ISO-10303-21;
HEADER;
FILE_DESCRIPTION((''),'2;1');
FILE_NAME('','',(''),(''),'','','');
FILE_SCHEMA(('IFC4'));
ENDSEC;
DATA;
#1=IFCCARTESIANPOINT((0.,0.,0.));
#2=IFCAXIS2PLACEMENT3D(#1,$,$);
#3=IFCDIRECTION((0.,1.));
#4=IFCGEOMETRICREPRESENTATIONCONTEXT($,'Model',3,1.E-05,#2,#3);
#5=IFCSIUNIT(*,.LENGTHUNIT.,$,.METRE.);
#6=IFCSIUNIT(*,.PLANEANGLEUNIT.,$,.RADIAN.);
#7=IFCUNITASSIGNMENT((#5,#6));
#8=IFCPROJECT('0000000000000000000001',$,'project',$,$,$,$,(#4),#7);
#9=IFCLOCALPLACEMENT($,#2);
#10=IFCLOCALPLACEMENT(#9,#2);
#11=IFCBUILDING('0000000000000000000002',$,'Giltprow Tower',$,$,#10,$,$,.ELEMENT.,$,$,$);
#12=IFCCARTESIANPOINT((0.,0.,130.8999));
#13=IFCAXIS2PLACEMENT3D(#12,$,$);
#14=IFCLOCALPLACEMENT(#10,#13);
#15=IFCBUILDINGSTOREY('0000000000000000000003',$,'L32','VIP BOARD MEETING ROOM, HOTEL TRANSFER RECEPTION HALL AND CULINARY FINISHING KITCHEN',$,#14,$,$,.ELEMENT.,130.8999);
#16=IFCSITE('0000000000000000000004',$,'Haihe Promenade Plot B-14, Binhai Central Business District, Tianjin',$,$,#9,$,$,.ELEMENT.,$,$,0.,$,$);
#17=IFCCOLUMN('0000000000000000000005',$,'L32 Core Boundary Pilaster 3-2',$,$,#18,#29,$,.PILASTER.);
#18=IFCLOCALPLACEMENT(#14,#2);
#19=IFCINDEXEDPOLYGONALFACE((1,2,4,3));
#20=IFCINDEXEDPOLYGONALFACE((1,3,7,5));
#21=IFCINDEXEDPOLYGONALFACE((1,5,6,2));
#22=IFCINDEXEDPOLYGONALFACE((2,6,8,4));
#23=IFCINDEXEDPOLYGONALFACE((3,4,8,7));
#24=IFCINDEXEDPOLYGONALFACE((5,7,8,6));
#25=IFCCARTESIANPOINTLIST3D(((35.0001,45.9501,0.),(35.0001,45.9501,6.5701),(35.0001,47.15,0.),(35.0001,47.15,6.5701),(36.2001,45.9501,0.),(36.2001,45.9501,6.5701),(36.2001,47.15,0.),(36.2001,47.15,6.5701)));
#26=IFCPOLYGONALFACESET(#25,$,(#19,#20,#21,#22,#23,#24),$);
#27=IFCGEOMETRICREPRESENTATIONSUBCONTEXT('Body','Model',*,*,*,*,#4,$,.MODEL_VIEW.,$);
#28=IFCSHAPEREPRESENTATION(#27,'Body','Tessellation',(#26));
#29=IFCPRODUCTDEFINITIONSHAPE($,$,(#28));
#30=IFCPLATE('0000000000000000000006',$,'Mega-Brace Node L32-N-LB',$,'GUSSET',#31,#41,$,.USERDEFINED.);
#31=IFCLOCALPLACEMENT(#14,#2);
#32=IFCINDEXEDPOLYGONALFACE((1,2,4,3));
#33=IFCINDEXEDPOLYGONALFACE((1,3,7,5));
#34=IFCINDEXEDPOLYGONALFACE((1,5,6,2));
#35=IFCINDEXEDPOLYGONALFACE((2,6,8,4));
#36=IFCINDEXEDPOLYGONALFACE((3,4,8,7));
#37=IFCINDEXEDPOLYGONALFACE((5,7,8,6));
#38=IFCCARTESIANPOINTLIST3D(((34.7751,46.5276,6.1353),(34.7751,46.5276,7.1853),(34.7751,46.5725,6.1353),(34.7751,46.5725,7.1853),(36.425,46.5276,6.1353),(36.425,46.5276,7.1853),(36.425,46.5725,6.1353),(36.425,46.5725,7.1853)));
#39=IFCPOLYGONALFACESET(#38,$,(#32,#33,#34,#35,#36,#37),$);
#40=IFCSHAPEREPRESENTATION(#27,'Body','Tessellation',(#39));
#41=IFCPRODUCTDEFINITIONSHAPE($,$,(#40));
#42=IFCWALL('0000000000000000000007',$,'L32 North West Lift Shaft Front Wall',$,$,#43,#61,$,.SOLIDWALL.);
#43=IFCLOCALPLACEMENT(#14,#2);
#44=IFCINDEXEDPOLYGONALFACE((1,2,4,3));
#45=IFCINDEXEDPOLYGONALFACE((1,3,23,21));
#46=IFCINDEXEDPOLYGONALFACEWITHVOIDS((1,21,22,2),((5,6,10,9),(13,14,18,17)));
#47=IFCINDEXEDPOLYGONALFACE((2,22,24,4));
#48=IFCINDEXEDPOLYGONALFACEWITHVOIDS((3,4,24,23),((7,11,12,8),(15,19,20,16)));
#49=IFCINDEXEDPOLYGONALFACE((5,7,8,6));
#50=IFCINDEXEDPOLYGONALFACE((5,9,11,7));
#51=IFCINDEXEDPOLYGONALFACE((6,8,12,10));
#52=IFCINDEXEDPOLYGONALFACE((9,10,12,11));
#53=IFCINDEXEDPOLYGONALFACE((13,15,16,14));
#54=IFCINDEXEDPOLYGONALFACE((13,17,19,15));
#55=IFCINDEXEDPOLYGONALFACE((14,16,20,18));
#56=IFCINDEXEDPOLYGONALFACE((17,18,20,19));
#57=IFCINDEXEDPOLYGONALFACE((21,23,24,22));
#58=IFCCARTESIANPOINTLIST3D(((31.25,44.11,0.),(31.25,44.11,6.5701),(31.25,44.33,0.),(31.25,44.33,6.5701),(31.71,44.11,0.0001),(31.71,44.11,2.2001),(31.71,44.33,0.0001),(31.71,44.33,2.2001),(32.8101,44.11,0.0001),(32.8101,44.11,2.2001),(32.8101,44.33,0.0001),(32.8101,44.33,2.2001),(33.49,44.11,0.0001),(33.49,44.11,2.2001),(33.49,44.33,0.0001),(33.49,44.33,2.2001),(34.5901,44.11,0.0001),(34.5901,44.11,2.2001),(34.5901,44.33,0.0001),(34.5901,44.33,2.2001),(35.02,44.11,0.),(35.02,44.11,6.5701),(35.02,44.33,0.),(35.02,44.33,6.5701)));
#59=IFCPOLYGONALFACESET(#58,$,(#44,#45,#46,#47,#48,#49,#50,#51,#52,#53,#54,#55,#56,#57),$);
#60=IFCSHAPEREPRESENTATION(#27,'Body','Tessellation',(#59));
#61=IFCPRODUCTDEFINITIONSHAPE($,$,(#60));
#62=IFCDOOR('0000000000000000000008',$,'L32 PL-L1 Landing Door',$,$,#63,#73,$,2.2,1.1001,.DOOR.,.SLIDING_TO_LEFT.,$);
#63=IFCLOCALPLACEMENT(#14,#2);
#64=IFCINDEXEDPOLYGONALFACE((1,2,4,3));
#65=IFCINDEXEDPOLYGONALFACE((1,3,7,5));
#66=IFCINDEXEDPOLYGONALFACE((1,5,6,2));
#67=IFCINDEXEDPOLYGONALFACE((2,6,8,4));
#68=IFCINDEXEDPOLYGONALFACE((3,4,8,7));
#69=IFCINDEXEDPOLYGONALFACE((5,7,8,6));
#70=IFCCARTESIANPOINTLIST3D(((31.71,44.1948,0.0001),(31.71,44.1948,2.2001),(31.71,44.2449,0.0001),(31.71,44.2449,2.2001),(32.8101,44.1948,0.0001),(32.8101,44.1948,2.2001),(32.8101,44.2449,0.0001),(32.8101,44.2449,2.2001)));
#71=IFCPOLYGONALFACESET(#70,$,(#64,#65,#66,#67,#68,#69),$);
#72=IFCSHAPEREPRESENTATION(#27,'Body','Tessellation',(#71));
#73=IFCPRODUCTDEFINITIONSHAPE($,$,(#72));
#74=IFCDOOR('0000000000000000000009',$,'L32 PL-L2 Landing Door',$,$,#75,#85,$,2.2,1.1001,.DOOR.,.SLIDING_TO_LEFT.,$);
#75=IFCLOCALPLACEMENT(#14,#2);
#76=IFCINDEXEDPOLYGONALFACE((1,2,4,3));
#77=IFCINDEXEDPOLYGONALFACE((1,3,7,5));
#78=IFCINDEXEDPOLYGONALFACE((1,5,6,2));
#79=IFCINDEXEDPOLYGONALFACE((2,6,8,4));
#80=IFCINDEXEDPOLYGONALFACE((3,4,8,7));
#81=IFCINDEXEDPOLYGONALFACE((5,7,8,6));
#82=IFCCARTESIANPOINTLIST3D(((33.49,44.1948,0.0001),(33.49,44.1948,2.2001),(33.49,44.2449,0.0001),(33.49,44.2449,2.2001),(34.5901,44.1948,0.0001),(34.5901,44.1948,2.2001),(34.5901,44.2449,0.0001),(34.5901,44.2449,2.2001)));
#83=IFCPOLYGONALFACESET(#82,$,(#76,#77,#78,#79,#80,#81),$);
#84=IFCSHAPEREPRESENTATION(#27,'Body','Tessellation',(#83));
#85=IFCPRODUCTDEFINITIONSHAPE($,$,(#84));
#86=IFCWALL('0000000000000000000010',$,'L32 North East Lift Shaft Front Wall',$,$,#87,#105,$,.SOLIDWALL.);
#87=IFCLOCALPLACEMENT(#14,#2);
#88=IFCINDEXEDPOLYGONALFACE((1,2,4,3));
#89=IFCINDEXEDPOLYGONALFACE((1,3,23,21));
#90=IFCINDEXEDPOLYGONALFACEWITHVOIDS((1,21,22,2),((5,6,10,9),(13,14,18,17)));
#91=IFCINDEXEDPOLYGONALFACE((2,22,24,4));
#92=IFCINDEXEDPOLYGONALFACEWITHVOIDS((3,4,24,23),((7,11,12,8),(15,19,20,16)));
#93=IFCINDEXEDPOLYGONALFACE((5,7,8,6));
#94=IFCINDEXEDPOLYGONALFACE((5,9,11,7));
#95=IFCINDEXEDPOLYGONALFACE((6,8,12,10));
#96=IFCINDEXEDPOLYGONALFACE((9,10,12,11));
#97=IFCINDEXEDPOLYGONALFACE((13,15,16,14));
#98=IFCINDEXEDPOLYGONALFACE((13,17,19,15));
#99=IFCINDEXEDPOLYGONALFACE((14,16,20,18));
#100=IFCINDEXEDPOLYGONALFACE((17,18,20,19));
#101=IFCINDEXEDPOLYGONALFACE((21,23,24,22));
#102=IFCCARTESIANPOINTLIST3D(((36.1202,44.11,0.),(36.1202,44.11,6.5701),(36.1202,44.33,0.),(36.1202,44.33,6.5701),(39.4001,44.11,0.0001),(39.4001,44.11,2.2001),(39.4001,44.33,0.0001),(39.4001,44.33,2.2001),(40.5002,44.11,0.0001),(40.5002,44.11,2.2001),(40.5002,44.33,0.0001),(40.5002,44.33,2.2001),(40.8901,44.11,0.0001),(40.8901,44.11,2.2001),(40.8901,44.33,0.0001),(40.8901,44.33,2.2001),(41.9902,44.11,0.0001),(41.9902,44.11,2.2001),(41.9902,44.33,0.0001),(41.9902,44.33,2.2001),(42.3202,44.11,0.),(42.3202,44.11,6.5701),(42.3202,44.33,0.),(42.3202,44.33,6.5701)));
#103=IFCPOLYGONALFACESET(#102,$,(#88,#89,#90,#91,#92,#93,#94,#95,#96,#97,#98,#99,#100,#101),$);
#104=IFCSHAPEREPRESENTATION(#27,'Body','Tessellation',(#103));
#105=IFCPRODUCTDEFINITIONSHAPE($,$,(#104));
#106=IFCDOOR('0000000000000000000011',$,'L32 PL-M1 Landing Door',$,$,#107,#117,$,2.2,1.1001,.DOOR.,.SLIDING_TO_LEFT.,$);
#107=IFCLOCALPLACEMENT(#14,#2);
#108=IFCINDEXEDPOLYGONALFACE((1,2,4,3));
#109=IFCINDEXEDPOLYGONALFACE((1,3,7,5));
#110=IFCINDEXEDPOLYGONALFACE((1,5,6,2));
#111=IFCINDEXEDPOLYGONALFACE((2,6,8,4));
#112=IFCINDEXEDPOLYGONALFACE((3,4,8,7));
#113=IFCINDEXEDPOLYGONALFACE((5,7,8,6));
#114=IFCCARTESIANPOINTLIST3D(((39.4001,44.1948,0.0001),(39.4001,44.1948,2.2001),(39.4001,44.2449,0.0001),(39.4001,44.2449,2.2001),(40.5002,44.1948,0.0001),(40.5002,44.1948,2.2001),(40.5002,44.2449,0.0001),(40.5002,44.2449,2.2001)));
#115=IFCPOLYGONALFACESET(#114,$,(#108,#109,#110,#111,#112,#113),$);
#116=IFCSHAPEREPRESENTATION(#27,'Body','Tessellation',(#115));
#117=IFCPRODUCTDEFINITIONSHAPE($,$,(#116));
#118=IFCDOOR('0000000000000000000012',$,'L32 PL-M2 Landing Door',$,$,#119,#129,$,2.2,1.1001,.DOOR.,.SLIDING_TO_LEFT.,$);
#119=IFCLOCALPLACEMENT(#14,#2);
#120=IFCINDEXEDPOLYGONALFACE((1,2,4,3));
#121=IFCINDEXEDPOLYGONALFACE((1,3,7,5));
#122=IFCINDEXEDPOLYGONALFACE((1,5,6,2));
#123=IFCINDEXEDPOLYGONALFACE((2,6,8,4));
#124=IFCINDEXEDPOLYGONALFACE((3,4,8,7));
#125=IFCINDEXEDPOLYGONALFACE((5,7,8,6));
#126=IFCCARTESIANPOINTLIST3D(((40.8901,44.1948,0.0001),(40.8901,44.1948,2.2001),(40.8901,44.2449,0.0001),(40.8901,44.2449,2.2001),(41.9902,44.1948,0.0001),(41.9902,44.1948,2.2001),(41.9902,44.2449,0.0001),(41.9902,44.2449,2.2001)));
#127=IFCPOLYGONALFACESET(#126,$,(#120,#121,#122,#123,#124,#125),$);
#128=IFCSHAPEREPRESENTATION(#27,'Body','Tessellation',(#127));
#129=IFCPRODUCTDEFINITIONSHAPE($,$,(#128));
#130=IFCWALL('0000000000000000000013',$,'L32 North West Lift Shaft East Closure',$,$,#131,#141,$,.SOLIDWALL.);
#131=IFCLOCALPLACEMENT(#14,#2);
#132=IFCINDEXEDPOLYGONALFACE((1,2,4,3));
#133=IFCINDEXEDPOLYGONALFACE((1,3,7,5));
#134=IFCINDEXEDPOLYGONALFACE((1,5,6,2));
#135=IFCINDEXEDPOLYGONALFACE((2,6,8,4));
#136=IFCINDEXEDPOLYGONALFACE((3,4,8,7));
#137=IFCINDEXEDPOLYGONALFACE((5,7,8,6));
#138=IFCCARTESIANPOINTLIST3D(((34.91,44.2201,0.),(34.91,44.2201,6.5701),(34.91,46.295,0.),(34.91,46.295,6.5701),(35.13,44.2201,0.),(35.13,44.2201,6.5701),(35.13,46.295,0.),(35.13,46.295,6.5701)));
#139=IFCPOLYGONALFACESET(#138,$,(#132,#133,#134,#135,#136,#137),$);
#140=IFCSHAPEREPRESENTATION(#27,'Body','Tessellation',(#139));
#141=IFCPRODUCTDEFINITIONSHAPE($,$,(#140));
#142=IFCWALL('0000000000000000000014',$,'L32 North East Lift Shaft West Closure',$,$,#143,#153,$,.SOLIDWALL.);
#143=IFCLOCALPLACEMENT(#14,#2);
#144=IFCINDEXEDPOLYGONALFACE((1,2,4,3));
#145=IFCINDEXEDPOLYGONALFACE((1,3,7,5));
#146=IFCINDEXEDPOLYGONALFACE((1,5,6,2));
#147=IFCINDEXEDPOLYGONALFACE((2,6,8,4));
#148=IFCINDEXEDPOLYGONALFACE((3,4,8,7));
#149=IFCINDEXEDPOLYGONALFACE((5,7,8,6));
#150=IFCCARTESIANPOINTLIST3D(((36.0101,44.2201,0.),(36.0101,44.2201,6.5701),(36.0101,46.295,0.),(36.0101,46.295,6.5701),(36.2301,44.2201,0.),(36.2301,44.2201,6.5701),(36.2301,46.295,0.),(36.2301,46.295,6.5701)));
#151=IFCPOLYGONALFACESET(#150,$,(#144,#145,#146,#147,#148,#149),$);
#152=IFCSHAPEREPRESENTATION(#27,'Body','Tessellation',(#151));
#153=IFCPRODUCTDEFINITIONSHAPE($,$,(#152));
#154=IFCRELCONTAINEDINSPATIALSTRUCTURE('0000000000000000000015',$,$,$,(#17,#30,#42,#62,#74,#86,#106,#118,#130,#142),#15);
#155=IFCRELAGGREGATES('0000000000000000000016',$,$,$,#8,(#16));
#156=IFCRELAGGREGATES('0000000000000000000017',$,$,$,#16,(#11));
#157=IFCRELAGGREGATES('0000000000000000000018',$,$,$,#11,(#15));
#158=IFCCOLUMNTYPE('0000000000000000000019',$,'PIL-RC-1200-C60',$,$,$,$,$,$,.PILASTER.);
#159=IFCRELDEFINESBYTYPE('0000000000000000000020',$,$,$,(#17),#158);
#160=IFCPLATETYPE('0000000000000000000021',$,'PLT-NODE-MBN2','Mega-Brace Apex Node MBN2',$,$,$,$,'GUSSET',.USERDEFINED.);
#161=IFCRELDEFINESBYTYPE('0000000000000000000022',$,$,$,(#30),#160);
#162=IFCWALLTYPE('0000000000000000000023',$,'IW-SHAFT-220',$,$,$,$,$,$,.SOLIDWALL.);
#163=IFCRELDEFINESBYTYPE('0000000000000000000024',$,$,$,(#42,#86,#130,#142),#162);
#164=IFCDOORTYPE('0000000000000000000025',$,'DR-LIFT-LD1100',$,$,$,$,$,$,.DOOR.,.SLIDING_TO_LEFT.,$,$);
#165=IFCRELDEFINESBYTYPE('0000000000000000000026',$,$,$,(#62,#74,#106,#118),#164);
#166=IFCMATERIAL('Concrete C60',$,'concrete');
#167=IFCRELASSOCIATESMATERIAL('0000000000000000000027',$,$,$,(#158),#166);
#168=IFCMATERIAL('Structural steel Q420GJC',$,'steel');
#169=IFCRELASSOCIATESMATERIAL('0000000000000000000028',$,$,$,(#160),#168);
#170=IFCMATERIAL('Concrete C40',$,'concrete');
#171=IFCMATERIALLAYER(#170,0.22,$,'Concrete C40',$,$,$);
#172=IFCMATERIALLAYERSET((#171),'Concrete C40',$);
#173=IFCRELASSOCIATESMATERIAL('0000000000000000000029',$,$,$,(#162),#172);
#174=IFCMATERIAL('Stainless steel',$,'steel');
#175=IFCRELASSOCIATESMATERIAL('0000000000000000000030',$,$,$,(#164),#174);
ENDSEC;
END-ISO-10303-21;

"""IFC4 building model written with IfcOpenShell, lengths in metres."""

from ifc_helpers import new_model, si_unit, direction, frame, frame_2d, origin, origin_2d, place, context, subcontext, project, spatial, rectangle, extrude, source, transform, mapped, material, layer, layer_set, material_profile, profile_set, type_object, element, fill, save


model = new_model("IFC4")

# Units and contexts
model_context = context("Model", 3, precision=1e-05, world=origin(), true_north=direction((0.0, 1.0)))
body_context = subcontext(model_context, "Body", "Model", "MODEL_VIEW")
ifc_project = project(units=[si_unit("LENGTHUNIT", "METRE"), si_unit("PLANEANGLEUNIT", "RADIAN")], contexts=[model_context])

# Site, building, storey
site_placement = place(None, origin())
site = spatial("IfcSite", under=ifc_project, at=site_placement, Name="Haihe Promenade Plot B-14, Binhai Central Business District, Tianjin", CompositionType="ELEMENT", RefElevation=0.0)
building_placement = place(site_placement, origin())
building = spatial("IfcBuilding", under=site, at=building_placement, Name="Giltprow Tower", CompositionType="ELEMENT")
storey_placement = place(building_placement, frame((0.0, 0.0, 130.8999)))
storey = spatial("IfcBuildingStorey", under=building, at=storey_placement, Name="L32", Description="VIP BOARD MEETING ROOM, HOTEL TRANSFER RECEPTION HALL AND CULINARY FINISHING KITCHEN", CompositionType="ELEMENT", Elevation=130.8999)

# Column
ifc_material_1 = material(Name="Concrete C60", Category="concrete")
ifc_material_profile = material_profile(ifc_material_1, rectangle(XDim=1.2, YDim=1.2, at=origin_2d()), Name="RC 1200x1200")
ifc_profile_set = profile_set([ifc_material_profile], Name="Concrete C60")
column_type = type_object("IfcColumnType", Name="PIL-RC-1200-C60", PredefinedType="PILASTER", material=ifc_profile_set)
shared_shape_1 = source(origin(), body_context, "Body", "SweptSolid", [
    extrude(rectangle(XDim=1.2, YDim=1.2, at=origin_2d()), origin(), (0.0, 0.0, 1.0), 6.5701),
])
column_placement = place(storey_placement, frame((35.6001, 46.55, 0.0), z_axis=(0.0, 0.0, 1.0), x_axis=(1.0, 0.0, 0.0)))
element("IfcColumn", 1, at=column_placement, inside=storey, type_object=column_type, Name="L32 Core Boundary Pilaster 3-2", PredefinedType="PILASTER", context=body_context, shape_type="MappedRepresentation", body=[
    mapped(shared_shape_1, transform((0.0, 0.0, 0.0), x_axis=(1.0, 0.0, 0.0), y_axis=(0.0, 1.0, 0.0), z_axis=(0.0, 0.0, 1.0), scale=1.0)),
])

# Plate
ifc_material_2 = material(Name="Structural steel Q420GJC", Category="steel")
plate_type = type_object("IfcPlateType", Name="PLT-NODE-MBN2", Description="Mega-Brace Apex Node MBN2", ElementType="GUSSET", PredefinedType="USERDEFINED", material=ifc_material_2)
shared_shape_2 = source(origin(), body_context, "Body", "SweptSolid", [
    extrude(rectangle(XDim=1.6499, YDim=0.0449, at=origin_2d()), origin(), (0.0, 0.0, 1.0), 1.05),
])
plate_placement = place(storey_placement, frame((35.6001, 46.55, 6.1353), z_axis=(0.0, 0.0, 1.0), x_axis=(1.0, 0.0, 0.0)))
element("IfcPlate", 2, at=plate_placement, inside=storey, type_object=plate_type, Name="Mega-Brace Node L32-N-LB", ObjectType="GUSSET", PredefinedType="USERDEFINED", context=body_context, shape_type="MappedRepresentation", body=[
    mapped(shared_shape_2, transform((0.0, 0.0, 0.0), x_axis=(1.0, 0.0, 0.0), y_axis=(0.0, 1.0, 0.0), z_axis=(0.0, 0.0, 1.0), scale=1.0)),
])

# Walls, openings, doors
ifc_material_3 = material(Name="Concrete C40", Category="concrete")
ifc_layer_1 = layer(ifc_material_3, 0.22, Name="Concrete C40")
ifc_layer_set_1 = layer_set([ifc_layer_1], Name="Concrete C40")
wall_type_1 = type_object("IfcWallType", Name="IW-SHAFT-220", PredefinedType="SOLIDWALL", material=ifc_layer_set_1)
wall_1_placement = place(storey_placement, frame((31.25, 44.22, 0.0), z_axis=(0.0, 0.0, 1.0), x_axis=(1.0, 0.0, 0.0)))
wall_1 = element("IfcWall", 3, at=wall_1_placement, inside=storey, type_object=wall_type_1, Name="L32 North West Lift Shaft Front Wall", PredefinedType="SOLIDWALL", context=body_context, shape_type="SweptSolid", body=[
    extrude(rectangle(XDim=3.77, YDim=0.22, at=frame_2d((1.885, 0.0))), origin(), (0.0, 0.0, 1.0), 6.5701),
])
opening_1_placement = place(wall_1_placement, frame((0.46, 0.0, 0.0)))
opening_1 = element("IfcOpeningElement", 4, at=opening_1_placement, cuts=wall_1, PredefinedType="OPENING", context=body_context, shape_type="SweptSolid", body=[
    extrude(rectangle(XDim=1.1001, YDim=2.2, at=frame_2d((0.55, 1.1001))), frame((0.0, 0.1199, 0.0), z_axis=(0.0, -1.0, 0.0), x_axis=(1.0, 0.0, 0.0)), (0.0, 0.0, 1.0), 0.24),
])
opening_2_placement = place(wall_1_placement, frame((2.24, 0.0, 0.0)))
opening_2 = element("IfcOpeningElement", 5, at=opening_2_placement, cuts=wall_1, PredefinedType="OPENING", context=body_context, shape_type="SweptSolid", body=[
    extrude(rectangle(XDim=1.1001, YDim=2.2, at=frame_2d((0.55, 1.1001))), frame((0.0, 0.1199, 0.0), z_axis=(0.0, -1.0, 0.0), x_axis=(1.0, 0.0, 0.0)), (0.0, 0.0, 1.0), 0.24),
])
ifc_material_4 = material(Name="Stainless steel", Category="steel")
door_type = type_object("IfcDoorType", Name="DR-LIFT-LD1100", OperationType="SLIDING_TO_LEFT", PredefinedType="DOOR", material=ifc_material_4)
shared_shape_3 = source(origin(), body_context, "Body", "SweptSolid", [
    extrude(rectangle(XDim=1.1001, YDim=2.2, at=frame_2d((0.55, 1.1001))), frame((0.0, 0.0249, 0.0), z_axis=(0.0, -1.0, 0.0), x_axis=(1.0, 0.0, 0.0)), (0.0, 0.0, 1.0), 0.05),
])
door_1_placement = place(opening_1_placement, origin())
door_1 = element("IfcDoor", 6, at=door_1_placement, inside=storey, type_object=door_type, Name="L32 PL-L1 Landing Door", OperationType="SLIDING_TO_LEFT", OverallHeight=2.2, OverallWidth=1.1001, PredefinedType="DOOR", context=body_context, shape_type="MappedRepresentation", body=[
    mapped(shared_shape_3, transform((0.0, 0.0, 0.0), x_axis=(1.0, 0.0, 0.0), y_axis=(0.0, 1.0, 0.0), z_axis=(0.0, 0.0, 1.0), scale=1.0)),
])
fill(opening_1, door_1)
door_2_placement = place(opening_2_placement, origin())
door_2 = element("IfcDoor", 7, at=door_2_placement, inside=storey, type_object=door_type, Name="L32 PL-L2 Landing Door", OperationType="SLIDING_TO_LEFT", OverallHeight=2.2, OverallWidth=1.1001, PredefinedType="DOOR", context=body_context, shape_type="MappedRepresentation", body=[
    mapped(shared_shape_3, transform((0.0, 0.0, 0.0), x_axis=(1.0, 0.0, 0.0), y_axis=(0.0, 1.0, 0.0), z_axis=(0.0, 0.0, 1.0), scale=1.0)),
])
fill(opening_2, door_2)
wall_2_placement = place(storey_placement, frame((36.1201, 44.22, 0.0), z_axis=(0.0, 0.0, 1.0), x_axis=(1.0, 0.0, 0.0)))
wall_2 = element("IfcWall", 8, at=wall_2_placement, inside=storey, type_object=wall_type_1, Name="L32 North East Lift Shaft Front Wall", PredefinedType="SOLIDWALL", context=body_context, shape_type="SweptSolid", body=[
    extrude(rectangle(XDim=6.2, YDim=0.22, at=frame_2d((3.1001, 0.0))), origin(), (0.0, 0.0, 1.0), 6.5701),
])
opening_3_placement = place(wall_2_placement, frame((3.28, 0.0, 0.0)))
opening_3 = element("IfcOpeningElement", 9, at=opening_3_placement, cuts=wall_2, PredefinedType="OPENING", context=body_context, shape_type="SweptSolid", body=[
    extrude(rectangle(XDim=1.1001, YDim=2.2, at=frame_2d((0.55, 1.1001))), frame((0.0, 0.1199, 0.0), z_axis=(0.0, -1.0, 0.0), x_axis=(1.0, 0.0, 0.0)), (0.0, 0.0, 1.0), 0.24),
])
opening_4_placement = place(wall_2_placement, frame((4.77, 0.0, 0.0)))
opening_4 = element("IfcOpeningElement", 10, at=opening_4_placement, cuts=wall_2, PredefinedType="OPENING", context=body_context, shape_type="SweptSolid", body=[
    extrude(rectangle(XDim=1.1001, YDim=2.2, at=frame_2d((0.55, 1.1001))), frame((0.0, 0.1199, 0.0), z_axis=(0.0, -1.0, 0.0), x_axis=(1.0, 0.0, 0.0)), (0.0, 0.0, 1.0), 0.24),
])
door_3_placement = place(opening_3_placement, origin())
door_3 = element("IfcDoor", 11, at=door_3_placement, inside=storey, type_object=door_type, Name="L32 PL-M1 Landing Door", OperationType="SLIDING_TO_LEFT", OverallHeight=2.2, OverallWidth=1.1001, PredefinedType="DOOR", context=body_context, shape_type="MappedRepresentation", body=[
    mapped(shared_shape_3, transform((0.0, 0.0, 0.0), x_axis=(1.0, 0.0, 0.0), y_axis=(0.0, 1.0, 0.0), z_axis=(0.0, 0.0, 1.0), scale=1.0)),
])
fill(opening_3, door_3)
door_4_placement = place(opening_4_placement, origin())
door_4 = element("IfcDoor", 12, at=door_4_placement, inside=storey, type_object=door_type, Name="L32 PL-M2 Landing Door", OperationType="SLIDING_TO_LEFT", OverallHeight=2.2, OverallWidth=1.1001, PredefinedType="DOOR", context=body_context, shape_type="MappedRepresentation", body=[
    mapped(shared_shape_3, transform((0.0, 0.0, 0.0), x_axis=(1.0, 0.0, 0.0), y_axis=(0.0, 1.0, 0.0), z_axis=(0.0, 0.0, 1.0), scale=1.0)),
])
fill(opening_4, door_4)

# Walls
for number, where, z_axis, x_axis, name in (
    (13, (35.02, 44.22, 0.0), (0.0, 0.0, 1.0), (0.0, 1.0, 0.0), "L32 North West Lift Shaft East Closure"),
    (14, (36.1201, 44.22, 0.0), (0.0, 0.0, 1.0), (0.0, 1.0, 0.0), "L32 North East Lift Shaft West Closure"),
):
    element("IfcWall", number, at=place(storey_placement, frame(where, z_axis=z_axis, x_axis=x_axis)), inside=storey, type_object=wall_type_1, Name=name, PredefinedType="SOLIDWALL", context=body_context, shape_type="SweptSolid", body=[
        extrude(rectangle(XDim=2.075, YDim=0.22, at=frame_2d((1.0376, 0.0))), origin(), (0.0, 0.0, 1.0), 6.5701),
    ])

save(model, "model.ifc")
